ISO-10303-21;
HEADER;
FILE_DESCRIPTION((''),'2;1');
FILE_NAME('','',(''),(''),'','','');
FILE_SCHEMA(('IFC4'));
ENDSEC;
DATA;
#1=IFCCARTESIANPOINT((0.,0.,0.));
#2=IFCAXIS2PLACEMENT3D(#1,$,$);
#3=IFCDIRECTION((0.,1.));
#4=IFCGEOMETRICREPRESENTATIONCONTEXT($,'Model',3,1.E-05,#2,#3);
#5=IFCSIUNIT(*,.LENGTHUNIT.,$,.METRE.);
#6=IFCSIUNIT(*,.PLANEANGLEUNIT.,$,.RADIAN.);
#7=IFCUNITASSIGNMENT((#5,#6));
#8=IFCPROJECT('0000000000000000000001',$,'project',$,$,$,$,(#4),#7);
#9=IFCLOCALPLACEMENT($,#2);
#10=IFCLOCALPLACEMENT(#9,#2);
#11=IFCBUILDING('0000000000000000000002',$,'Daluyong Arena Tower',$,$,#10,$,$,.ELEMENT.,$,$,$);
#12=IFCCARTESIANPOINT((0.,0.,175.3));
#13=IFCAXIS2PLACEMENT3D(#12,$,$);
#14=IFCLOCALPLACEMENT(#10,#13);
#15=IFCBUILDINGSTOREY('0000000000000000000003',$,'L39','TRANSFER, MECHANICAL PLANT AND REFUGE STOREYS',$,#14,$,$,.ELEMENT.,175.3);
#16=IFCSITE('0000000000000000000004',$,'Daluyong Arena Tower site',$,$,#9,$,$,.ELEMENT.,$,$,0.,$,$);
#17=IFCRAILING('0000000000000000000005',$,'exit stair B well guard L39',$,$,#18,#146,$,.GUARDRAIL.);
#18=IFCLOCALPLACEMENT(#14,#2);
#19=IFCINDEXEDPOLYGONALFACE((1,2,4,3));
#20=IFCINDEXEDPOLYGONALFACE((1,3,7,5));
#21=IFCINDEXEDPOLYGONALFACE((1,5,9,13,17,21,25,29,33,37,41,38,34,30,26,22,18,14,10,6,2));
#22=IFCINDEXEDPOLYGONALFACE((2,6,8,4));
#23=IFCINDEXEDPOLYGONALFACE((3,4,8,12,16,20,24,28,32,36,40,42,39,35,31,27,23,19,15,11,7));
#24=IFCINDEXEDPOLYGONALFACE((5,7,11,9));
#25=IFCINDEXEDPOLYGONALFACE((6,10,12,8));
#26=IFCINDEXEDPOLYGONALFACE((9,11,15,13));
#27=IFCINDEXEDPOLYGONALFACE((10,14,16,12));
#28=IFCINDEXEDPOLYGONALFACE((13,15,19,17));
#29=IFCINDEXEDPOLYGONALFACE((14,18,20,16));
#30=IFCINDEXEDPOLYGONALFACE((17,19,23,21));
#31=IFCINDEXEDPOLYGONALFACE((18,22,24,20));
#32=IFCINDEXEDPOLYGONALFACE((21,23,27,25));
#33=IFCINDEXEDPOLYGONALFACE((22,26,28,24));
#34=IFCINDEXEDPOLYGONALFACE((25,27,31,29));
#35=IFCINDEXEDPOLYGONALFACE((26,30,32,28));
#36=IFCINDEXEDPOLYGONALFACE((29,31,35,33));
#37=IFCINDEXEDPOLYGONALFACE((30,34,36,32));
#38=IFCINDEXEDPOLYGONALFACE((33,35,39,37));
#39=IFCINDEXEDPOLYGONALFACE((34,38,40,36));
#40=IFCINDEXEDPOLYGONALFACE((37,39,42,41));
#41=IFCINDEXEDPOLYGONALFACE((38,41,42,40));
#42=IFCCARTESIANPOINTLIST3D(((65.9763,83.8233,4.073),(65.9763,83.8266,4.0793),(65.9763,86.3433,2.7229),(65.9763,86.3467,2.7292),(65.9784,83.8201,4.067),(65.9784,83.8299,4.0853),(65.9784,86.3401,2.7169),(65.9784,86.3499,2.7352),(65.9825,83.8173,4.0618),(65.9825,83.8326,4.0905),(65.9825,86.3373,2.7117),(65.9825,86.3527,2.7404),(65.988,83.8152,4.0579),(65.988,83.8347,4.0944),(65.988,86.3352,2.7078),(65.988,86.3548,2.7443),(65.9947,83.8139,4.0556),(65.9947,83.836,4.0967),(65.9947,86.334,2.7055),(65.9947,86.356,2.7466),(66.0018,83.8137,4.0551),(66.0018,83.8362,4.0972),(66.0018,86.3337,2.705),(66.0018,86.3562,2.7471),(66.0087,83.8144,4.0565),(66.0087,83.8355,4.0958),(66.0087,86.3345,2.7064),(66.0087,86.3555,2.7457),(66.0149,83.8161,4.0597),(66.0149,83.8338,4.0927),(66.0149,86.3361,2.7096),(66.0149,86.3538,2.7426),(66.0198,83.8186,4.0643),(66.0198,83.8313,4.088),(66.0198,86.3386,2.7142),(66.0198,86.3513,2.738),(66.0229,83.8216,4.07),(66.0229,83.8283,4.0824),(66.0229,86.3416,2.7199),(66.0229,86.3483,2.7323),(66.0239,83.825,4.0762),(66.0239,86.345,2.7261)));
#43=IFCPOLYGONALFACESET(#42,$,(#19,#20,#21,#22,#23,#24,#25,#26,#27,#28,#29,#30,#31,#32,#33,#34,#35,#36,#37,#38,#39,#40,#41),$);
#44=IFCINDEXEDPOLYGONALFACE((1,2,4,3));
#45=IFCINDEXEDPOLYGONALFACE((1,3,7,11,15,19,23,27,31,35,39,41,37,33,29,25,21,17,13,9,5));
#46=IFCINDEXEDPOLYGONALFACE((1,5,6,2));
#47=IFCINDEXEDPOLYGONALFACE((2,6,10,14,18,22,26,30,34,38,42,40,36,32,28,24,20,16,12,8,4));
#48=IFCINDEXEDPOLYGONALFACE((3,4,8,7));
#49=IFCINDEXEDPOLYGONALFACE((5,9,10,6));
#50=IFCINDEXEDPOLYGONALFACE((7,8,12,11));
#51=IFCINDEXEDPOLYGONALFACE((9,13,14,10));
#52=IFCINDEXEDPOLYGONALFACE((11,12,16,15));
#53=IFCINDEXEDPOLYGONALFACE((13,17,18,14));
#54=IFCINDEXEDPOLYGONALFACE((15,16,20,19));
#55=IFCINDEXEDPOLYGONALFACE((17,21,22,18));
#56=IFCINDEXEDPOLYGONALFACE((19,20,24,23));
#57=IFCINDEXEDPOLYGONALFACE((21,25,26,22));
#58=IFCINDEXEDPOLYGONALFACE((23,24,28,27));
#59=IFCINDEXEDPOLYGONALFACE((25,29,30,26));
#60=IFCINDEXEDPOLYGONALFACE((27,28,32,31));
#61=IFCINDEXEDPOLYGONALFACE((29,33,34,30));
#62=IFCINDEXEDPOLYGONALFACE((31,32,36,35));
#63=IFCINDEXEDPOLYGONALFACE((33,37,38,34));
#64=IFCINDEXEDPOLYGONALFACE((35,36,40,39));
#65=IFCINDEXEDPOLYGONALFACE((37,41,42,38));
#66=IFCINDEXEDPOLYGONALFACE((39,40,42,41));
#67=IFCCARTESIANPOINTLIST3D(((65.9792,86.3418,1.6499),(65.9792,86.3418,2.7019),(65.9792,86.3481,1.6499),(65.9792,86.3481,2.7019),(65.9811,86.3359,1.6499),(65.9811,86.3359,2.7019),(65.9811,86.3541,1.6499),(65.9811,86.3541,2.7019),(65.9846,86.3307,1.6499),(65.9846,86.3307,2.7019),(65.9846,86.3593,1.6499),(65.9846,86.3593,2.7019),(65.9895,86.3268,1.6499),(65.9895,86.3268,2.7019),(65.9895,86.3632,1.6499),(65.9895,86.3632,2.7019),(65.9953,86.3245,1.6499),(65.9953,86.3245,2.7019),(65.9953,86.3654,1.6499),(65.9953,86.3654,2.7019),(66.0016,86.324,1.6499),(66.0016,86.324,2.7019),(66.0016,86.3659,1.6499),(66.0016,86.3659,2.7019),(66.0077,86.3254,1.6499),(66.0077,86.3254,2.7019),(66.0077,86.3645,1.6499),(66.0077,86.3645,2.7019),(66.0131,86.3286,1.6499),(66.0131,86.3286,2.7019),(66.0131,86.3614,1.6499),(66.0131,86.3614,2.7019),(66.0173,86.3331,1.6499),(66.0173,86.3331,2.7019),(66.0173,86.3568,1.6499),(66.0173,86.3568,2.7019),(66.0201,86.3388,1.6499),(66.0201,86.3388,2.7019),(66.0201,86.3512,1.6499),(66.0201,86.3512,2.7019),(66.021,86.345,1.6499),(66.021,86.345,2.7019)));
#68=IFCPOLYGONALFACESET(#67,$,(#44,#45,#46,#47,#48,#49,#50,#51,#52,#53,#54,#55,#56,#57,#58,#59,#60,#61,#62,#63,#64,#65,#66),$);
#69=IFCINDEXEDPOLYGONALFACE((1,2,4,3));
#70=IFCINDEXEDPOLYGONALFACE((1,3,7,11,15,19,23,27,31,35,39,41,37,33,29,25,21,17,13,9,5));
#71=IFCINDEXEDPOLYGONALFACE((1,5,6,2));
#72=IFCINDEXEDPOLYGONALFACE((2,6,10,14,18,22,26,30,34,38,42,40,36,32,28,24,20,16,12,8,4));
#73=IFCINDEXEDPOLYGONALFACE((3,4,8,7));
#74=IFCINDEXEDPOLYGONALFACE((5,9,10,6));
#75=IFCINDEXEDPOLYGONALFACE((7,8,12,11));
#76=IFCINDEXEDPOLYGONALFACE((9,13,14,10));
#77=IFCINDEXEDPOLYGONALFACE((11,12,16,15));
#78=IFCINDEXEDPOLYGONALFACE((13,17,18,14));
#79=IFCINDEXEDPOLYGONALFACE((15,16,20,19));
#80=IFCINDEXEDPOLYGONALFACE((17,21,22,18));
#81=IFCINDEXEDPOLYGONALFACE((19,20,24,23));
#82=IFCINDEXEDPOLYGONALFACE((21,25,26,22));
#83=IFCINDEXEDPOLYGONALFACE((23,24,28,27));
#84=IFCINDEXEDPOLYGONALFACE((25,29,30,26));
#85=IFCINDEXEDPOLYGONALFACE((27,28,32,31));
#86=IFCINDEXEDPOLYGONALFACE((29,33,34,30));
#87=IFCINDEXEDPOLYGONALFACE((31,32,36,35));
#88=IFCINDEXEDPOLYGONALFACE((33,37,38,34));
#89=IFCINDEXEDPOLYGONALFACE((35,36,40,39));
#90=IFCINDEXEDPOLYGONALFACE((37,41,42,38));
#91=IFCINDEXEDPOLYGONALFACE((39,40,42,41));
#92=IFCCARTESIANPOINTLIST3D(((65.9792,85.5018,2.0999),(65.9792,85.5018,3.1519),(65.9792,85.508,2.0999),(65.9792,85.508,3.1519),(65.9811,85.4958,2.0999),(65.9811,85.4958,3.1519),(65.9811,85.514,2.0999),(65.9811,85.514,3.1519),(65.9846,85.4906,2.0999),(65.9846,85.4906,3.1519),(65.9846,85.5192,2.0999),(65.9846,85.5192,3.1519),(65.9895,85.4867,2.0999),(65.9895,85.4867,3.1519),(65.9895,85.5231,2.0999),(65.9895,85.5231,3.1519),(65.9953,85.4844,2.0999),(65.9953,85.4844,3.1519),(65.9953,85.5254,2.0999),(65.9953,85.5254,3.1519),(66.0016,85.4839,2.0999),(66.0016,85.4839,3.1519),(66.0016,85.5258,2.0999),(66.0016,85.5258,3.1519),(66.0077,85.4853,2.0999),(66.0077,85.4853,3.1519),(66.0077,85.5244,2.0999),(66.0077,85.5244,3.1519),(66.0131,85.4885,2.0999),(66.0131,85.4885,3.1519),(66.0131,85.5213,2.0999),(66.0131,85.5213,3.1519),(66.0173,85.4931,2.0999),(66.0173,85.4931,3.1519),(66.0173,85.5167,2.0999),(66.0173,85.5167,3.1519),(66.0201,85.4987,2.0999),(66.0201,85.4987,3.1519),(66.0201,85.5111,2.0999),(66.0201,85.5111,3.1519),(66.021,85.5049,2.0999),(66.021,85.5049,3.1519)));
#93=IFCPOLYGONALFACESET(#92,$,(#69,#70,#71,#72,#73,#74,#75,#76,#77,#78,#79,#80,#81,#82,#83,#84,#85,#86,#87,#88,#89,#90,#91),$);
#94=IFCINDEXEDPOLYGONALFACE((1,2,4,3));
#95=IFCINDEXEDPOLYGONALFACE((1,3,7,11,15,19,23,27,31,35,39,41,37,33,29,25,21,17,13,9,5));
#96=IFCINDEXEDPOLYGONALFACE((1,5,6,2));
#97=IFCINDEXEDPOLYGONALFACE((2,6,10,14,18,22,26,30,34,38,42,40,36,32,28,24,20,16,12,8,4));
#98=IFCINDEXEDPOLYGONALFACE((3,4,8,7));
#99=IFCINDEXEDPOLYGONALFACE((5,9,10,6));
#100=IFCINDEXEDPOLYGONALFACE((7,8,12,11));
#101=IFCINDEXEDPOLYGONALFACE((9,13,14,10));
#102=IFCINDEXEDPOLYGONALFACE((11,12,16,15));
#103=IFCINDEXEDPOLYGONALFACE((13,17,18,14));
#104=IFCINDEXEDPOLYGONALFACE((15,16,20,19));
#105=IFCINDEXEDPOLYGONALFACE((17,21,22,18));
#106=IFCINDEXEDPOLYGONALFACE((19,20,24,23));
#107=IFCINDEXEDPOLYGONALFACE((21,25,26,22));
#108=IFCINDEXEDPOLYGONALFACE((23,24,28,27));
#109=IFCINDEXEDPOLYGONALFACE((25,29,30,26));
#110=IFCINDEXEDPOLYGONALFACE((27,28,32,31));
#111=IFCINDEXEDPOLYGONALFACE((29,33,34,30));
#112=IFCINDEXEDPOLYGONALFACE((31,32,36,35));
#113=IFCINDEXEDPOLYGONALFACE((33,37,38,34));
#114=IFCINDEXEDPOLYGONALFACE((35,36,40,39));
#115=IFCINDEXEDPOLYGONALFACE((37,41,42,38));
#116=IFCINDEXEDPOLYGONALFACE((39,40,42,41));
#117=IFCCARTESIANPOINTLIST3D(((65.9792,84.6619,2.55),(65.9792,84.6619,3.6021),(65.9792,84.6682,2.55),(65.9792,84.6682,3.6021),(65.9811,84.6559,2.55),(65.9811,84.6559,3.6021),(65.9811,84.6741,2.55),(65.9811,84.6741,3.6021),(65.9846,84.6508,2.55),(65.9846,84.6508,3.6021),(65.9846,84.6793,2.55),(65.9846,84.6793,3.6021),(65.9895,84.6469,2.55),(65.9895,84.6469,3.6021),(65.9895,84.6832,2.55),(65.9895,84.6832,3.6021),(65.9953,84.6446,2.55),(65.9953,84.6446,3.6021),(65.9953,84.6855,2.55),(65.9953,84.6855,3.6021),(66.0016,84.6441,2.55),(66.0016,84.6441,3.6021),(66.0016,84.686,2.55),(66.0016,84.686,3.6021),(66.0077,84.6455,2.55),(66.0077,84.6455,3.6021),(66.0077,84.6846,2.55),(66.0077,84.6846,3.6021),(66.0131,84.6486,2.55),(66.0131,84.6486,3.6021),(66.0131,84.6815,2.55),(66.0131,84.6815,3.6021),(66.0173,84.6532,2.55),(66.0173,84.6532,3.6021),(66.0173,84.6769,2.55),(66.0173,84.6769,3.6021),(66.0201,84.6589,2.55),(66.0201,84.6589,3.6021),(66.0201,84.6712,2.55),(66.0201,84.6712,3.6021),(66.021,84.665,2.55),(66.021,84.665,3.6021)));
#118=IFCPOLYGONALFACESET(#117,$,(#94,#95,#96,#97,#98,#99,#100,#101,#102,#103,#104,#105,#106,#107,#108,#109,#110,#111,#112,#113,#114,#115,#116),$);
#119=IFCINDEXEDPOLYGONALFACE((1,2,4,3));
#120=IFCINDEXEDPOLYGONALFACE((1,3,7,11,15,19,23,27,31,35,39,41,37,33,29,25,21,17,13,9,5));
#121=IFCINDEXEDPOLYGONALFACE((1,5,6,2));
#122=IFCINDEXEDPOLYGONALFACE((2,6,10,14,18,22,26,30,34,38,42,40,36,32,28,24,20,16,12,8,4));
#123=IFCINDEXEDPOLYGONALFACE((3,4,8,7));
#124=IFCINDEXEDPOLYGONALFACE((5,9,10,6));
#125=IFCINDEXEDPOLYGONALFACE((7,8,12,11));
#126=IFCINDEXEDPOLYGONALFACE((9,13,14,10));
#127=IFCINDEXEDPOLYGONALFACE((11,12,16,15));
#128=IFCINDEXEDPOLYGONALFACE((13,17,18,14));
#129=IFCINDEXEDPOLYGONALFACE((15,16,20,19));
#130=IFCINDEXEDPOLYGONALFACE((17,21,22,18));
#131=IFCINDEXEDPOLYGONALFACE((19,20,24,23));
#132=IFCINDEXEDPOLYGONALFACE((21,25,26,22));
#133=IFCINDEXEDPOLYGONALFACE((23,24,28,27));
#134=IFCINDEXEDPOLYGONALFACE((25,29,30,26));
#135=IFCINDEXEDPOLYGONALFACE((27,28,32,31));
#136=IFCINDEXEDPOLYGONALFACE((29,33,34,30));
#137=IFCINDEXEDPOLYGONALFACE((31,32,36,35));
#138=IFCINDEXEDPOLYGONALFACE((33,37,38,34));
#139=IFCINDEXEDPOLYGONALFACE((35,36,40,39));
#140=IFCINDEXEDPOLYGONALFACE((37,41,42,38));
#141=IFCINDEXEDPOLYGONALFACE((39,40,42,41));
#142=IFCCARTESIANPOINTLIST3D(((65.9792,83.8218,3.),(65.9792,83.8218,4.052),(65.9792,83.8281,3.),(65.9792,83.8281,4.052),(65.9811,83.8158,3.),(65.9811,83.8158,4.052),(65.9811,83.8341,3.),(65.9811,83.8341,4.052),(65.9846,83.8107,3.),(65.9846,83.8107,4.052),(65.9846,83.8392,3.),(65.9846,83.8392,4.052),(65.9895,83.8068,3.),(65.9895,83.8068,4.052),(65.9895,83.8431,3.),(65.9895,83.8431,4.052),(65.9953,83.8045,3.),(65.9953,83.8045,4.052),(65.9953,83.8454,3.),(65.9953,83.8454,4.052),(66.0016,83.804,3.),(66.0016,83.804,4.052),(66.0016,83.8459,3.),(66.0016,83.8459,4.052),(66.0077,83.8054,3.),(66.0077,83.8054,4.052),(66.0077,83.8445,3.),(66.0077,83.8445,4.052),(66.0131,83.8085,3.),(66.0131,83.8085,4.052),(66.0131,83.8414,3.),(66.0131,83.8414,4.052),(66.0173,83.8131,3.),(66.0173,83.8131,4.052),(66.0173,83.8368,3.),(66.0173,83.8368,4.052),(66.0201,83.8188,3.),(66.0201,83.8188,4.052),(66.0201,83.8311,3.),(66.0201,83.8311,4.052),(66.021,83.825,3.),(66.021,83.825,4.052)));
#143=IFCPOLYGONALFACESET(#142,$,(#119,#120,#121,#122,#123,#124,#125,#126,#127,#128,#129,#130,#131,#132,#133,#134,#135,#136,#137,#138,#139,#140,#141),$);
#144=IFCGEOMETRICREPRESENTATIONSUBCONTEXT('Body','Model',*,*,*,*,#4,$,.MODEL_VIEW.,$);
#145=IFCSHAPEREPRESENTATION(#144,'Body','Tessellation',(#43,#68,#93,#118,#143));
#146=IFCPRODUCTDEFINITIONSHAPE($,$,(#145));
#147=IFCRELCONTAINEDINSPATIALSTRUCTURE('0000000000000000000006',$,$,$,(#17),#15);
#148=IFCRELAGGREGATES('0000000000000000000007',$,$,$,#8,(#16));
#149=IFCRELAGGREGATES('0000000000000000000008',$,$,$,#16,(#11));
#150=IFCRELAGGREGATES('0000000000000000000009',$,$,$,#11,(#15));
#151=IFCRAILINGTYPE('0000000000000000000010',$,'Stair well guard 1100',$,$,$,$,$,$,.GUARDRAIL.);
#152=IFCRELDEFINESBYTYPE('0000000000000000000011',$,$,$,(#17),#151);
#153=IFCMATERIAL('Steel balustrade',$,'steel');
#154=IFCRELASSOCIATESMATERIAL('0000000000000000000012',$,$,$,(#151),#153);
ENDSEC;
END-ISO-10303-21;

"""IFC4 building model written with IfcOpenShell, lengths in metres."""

from ifc_helpers import new_model, si_unit, direction, frame, origin, origin_2d, place, context, subcontext, project, spatial, circle, extrude, material, type_object, element, save


model = new_model("IFC4")

# Units and contexts
model_context = context("Model", 3, precision=1e-05, world=origin(), true_north=direction((0.0, 1.0)))
body_context = subcontext(model_context, "Body", "Model", "MODEL_VIEW")
ifc_project = project(units=[si_unit("LENGTHUNIT", "METRE"), si_unit("PLANEANGLEUNIT", "RADIAN")], contexts=[model_context])

# Site, building, storey
site_placement = place(None, origin())
site = spatial("IfcSite", under=ifc_project, at=site_placement, Name="Daluyong Arena Tower site", CompositionType="ELEMENT", RefElevation=0.0)
building_placement = place(site_placement, origin())
building = spatial("IfcBuilding", under=site, at=building_placement, Name="Daluyong Arena Tower", CompositionType="ELEMENT")
storey_placement = place(building_placement, frame((0.0, 0.0, 175.3)))
storey = spatial("IfcBuildingStorey", under=building, at=storey_placement, Name="L39", Description="TRANSFER, MECHANICAL PLANT AND REFUGE STOREYS", CompositionType="ELEMENT", Elevation=175.3)

# Railing
ifc_material_1 = material(Name="Steel balustrade", Category="steel")
railing_type_1 = type_object("IfcRailingType", Name="Stair well guard 1100", PredefinedType="GUARDRAIL", material=ifc_material_1)
railing_1_placement = place(storey_placement, frame((66.0, 86.345, 1.6499)))
element("IfcRailing", 1, at=railing_1_placement, inside=storey, type_object=railing_type_1, Name="exit stair B well guard L39", PredefinedType="GUARDRAIL", context=body_context, shape_type="SweptSolid", body=[
    extrude(circle(Radius=0.0239, at=origin_2d()), frame((0.0, 0.0, 1.0762), z_axis=(0.0, -0.881467, 0.472245), x_axis=(1.0, 0.0, 0.0)), (0.0, 0.0, 1.0), 2.8589),
    extrude(circle(Radius=0.021, at=origin_2d()), origin(), (0.0, 0.0, 1.0), 1.052),
    extrude(circle(Radius=0.021, at=origin_2d()), frame((0.0, -0.8401, 0.45)), (0.0, 0.0, 1.0), 1.052),
    extrude(circle(Radius=0.021, at=origin_2d()), frame((0.0, -1.6799, 0.9001)), (0.0, 0.0, 1.0), 1.052),
    extrude(circle(Radius=0.021, at=origin_2d()), frame((0.0, -2.52, 1.3501)), (0.0, 0.0, 1.0), 1.052),
])

save(model, "model.ifc")
